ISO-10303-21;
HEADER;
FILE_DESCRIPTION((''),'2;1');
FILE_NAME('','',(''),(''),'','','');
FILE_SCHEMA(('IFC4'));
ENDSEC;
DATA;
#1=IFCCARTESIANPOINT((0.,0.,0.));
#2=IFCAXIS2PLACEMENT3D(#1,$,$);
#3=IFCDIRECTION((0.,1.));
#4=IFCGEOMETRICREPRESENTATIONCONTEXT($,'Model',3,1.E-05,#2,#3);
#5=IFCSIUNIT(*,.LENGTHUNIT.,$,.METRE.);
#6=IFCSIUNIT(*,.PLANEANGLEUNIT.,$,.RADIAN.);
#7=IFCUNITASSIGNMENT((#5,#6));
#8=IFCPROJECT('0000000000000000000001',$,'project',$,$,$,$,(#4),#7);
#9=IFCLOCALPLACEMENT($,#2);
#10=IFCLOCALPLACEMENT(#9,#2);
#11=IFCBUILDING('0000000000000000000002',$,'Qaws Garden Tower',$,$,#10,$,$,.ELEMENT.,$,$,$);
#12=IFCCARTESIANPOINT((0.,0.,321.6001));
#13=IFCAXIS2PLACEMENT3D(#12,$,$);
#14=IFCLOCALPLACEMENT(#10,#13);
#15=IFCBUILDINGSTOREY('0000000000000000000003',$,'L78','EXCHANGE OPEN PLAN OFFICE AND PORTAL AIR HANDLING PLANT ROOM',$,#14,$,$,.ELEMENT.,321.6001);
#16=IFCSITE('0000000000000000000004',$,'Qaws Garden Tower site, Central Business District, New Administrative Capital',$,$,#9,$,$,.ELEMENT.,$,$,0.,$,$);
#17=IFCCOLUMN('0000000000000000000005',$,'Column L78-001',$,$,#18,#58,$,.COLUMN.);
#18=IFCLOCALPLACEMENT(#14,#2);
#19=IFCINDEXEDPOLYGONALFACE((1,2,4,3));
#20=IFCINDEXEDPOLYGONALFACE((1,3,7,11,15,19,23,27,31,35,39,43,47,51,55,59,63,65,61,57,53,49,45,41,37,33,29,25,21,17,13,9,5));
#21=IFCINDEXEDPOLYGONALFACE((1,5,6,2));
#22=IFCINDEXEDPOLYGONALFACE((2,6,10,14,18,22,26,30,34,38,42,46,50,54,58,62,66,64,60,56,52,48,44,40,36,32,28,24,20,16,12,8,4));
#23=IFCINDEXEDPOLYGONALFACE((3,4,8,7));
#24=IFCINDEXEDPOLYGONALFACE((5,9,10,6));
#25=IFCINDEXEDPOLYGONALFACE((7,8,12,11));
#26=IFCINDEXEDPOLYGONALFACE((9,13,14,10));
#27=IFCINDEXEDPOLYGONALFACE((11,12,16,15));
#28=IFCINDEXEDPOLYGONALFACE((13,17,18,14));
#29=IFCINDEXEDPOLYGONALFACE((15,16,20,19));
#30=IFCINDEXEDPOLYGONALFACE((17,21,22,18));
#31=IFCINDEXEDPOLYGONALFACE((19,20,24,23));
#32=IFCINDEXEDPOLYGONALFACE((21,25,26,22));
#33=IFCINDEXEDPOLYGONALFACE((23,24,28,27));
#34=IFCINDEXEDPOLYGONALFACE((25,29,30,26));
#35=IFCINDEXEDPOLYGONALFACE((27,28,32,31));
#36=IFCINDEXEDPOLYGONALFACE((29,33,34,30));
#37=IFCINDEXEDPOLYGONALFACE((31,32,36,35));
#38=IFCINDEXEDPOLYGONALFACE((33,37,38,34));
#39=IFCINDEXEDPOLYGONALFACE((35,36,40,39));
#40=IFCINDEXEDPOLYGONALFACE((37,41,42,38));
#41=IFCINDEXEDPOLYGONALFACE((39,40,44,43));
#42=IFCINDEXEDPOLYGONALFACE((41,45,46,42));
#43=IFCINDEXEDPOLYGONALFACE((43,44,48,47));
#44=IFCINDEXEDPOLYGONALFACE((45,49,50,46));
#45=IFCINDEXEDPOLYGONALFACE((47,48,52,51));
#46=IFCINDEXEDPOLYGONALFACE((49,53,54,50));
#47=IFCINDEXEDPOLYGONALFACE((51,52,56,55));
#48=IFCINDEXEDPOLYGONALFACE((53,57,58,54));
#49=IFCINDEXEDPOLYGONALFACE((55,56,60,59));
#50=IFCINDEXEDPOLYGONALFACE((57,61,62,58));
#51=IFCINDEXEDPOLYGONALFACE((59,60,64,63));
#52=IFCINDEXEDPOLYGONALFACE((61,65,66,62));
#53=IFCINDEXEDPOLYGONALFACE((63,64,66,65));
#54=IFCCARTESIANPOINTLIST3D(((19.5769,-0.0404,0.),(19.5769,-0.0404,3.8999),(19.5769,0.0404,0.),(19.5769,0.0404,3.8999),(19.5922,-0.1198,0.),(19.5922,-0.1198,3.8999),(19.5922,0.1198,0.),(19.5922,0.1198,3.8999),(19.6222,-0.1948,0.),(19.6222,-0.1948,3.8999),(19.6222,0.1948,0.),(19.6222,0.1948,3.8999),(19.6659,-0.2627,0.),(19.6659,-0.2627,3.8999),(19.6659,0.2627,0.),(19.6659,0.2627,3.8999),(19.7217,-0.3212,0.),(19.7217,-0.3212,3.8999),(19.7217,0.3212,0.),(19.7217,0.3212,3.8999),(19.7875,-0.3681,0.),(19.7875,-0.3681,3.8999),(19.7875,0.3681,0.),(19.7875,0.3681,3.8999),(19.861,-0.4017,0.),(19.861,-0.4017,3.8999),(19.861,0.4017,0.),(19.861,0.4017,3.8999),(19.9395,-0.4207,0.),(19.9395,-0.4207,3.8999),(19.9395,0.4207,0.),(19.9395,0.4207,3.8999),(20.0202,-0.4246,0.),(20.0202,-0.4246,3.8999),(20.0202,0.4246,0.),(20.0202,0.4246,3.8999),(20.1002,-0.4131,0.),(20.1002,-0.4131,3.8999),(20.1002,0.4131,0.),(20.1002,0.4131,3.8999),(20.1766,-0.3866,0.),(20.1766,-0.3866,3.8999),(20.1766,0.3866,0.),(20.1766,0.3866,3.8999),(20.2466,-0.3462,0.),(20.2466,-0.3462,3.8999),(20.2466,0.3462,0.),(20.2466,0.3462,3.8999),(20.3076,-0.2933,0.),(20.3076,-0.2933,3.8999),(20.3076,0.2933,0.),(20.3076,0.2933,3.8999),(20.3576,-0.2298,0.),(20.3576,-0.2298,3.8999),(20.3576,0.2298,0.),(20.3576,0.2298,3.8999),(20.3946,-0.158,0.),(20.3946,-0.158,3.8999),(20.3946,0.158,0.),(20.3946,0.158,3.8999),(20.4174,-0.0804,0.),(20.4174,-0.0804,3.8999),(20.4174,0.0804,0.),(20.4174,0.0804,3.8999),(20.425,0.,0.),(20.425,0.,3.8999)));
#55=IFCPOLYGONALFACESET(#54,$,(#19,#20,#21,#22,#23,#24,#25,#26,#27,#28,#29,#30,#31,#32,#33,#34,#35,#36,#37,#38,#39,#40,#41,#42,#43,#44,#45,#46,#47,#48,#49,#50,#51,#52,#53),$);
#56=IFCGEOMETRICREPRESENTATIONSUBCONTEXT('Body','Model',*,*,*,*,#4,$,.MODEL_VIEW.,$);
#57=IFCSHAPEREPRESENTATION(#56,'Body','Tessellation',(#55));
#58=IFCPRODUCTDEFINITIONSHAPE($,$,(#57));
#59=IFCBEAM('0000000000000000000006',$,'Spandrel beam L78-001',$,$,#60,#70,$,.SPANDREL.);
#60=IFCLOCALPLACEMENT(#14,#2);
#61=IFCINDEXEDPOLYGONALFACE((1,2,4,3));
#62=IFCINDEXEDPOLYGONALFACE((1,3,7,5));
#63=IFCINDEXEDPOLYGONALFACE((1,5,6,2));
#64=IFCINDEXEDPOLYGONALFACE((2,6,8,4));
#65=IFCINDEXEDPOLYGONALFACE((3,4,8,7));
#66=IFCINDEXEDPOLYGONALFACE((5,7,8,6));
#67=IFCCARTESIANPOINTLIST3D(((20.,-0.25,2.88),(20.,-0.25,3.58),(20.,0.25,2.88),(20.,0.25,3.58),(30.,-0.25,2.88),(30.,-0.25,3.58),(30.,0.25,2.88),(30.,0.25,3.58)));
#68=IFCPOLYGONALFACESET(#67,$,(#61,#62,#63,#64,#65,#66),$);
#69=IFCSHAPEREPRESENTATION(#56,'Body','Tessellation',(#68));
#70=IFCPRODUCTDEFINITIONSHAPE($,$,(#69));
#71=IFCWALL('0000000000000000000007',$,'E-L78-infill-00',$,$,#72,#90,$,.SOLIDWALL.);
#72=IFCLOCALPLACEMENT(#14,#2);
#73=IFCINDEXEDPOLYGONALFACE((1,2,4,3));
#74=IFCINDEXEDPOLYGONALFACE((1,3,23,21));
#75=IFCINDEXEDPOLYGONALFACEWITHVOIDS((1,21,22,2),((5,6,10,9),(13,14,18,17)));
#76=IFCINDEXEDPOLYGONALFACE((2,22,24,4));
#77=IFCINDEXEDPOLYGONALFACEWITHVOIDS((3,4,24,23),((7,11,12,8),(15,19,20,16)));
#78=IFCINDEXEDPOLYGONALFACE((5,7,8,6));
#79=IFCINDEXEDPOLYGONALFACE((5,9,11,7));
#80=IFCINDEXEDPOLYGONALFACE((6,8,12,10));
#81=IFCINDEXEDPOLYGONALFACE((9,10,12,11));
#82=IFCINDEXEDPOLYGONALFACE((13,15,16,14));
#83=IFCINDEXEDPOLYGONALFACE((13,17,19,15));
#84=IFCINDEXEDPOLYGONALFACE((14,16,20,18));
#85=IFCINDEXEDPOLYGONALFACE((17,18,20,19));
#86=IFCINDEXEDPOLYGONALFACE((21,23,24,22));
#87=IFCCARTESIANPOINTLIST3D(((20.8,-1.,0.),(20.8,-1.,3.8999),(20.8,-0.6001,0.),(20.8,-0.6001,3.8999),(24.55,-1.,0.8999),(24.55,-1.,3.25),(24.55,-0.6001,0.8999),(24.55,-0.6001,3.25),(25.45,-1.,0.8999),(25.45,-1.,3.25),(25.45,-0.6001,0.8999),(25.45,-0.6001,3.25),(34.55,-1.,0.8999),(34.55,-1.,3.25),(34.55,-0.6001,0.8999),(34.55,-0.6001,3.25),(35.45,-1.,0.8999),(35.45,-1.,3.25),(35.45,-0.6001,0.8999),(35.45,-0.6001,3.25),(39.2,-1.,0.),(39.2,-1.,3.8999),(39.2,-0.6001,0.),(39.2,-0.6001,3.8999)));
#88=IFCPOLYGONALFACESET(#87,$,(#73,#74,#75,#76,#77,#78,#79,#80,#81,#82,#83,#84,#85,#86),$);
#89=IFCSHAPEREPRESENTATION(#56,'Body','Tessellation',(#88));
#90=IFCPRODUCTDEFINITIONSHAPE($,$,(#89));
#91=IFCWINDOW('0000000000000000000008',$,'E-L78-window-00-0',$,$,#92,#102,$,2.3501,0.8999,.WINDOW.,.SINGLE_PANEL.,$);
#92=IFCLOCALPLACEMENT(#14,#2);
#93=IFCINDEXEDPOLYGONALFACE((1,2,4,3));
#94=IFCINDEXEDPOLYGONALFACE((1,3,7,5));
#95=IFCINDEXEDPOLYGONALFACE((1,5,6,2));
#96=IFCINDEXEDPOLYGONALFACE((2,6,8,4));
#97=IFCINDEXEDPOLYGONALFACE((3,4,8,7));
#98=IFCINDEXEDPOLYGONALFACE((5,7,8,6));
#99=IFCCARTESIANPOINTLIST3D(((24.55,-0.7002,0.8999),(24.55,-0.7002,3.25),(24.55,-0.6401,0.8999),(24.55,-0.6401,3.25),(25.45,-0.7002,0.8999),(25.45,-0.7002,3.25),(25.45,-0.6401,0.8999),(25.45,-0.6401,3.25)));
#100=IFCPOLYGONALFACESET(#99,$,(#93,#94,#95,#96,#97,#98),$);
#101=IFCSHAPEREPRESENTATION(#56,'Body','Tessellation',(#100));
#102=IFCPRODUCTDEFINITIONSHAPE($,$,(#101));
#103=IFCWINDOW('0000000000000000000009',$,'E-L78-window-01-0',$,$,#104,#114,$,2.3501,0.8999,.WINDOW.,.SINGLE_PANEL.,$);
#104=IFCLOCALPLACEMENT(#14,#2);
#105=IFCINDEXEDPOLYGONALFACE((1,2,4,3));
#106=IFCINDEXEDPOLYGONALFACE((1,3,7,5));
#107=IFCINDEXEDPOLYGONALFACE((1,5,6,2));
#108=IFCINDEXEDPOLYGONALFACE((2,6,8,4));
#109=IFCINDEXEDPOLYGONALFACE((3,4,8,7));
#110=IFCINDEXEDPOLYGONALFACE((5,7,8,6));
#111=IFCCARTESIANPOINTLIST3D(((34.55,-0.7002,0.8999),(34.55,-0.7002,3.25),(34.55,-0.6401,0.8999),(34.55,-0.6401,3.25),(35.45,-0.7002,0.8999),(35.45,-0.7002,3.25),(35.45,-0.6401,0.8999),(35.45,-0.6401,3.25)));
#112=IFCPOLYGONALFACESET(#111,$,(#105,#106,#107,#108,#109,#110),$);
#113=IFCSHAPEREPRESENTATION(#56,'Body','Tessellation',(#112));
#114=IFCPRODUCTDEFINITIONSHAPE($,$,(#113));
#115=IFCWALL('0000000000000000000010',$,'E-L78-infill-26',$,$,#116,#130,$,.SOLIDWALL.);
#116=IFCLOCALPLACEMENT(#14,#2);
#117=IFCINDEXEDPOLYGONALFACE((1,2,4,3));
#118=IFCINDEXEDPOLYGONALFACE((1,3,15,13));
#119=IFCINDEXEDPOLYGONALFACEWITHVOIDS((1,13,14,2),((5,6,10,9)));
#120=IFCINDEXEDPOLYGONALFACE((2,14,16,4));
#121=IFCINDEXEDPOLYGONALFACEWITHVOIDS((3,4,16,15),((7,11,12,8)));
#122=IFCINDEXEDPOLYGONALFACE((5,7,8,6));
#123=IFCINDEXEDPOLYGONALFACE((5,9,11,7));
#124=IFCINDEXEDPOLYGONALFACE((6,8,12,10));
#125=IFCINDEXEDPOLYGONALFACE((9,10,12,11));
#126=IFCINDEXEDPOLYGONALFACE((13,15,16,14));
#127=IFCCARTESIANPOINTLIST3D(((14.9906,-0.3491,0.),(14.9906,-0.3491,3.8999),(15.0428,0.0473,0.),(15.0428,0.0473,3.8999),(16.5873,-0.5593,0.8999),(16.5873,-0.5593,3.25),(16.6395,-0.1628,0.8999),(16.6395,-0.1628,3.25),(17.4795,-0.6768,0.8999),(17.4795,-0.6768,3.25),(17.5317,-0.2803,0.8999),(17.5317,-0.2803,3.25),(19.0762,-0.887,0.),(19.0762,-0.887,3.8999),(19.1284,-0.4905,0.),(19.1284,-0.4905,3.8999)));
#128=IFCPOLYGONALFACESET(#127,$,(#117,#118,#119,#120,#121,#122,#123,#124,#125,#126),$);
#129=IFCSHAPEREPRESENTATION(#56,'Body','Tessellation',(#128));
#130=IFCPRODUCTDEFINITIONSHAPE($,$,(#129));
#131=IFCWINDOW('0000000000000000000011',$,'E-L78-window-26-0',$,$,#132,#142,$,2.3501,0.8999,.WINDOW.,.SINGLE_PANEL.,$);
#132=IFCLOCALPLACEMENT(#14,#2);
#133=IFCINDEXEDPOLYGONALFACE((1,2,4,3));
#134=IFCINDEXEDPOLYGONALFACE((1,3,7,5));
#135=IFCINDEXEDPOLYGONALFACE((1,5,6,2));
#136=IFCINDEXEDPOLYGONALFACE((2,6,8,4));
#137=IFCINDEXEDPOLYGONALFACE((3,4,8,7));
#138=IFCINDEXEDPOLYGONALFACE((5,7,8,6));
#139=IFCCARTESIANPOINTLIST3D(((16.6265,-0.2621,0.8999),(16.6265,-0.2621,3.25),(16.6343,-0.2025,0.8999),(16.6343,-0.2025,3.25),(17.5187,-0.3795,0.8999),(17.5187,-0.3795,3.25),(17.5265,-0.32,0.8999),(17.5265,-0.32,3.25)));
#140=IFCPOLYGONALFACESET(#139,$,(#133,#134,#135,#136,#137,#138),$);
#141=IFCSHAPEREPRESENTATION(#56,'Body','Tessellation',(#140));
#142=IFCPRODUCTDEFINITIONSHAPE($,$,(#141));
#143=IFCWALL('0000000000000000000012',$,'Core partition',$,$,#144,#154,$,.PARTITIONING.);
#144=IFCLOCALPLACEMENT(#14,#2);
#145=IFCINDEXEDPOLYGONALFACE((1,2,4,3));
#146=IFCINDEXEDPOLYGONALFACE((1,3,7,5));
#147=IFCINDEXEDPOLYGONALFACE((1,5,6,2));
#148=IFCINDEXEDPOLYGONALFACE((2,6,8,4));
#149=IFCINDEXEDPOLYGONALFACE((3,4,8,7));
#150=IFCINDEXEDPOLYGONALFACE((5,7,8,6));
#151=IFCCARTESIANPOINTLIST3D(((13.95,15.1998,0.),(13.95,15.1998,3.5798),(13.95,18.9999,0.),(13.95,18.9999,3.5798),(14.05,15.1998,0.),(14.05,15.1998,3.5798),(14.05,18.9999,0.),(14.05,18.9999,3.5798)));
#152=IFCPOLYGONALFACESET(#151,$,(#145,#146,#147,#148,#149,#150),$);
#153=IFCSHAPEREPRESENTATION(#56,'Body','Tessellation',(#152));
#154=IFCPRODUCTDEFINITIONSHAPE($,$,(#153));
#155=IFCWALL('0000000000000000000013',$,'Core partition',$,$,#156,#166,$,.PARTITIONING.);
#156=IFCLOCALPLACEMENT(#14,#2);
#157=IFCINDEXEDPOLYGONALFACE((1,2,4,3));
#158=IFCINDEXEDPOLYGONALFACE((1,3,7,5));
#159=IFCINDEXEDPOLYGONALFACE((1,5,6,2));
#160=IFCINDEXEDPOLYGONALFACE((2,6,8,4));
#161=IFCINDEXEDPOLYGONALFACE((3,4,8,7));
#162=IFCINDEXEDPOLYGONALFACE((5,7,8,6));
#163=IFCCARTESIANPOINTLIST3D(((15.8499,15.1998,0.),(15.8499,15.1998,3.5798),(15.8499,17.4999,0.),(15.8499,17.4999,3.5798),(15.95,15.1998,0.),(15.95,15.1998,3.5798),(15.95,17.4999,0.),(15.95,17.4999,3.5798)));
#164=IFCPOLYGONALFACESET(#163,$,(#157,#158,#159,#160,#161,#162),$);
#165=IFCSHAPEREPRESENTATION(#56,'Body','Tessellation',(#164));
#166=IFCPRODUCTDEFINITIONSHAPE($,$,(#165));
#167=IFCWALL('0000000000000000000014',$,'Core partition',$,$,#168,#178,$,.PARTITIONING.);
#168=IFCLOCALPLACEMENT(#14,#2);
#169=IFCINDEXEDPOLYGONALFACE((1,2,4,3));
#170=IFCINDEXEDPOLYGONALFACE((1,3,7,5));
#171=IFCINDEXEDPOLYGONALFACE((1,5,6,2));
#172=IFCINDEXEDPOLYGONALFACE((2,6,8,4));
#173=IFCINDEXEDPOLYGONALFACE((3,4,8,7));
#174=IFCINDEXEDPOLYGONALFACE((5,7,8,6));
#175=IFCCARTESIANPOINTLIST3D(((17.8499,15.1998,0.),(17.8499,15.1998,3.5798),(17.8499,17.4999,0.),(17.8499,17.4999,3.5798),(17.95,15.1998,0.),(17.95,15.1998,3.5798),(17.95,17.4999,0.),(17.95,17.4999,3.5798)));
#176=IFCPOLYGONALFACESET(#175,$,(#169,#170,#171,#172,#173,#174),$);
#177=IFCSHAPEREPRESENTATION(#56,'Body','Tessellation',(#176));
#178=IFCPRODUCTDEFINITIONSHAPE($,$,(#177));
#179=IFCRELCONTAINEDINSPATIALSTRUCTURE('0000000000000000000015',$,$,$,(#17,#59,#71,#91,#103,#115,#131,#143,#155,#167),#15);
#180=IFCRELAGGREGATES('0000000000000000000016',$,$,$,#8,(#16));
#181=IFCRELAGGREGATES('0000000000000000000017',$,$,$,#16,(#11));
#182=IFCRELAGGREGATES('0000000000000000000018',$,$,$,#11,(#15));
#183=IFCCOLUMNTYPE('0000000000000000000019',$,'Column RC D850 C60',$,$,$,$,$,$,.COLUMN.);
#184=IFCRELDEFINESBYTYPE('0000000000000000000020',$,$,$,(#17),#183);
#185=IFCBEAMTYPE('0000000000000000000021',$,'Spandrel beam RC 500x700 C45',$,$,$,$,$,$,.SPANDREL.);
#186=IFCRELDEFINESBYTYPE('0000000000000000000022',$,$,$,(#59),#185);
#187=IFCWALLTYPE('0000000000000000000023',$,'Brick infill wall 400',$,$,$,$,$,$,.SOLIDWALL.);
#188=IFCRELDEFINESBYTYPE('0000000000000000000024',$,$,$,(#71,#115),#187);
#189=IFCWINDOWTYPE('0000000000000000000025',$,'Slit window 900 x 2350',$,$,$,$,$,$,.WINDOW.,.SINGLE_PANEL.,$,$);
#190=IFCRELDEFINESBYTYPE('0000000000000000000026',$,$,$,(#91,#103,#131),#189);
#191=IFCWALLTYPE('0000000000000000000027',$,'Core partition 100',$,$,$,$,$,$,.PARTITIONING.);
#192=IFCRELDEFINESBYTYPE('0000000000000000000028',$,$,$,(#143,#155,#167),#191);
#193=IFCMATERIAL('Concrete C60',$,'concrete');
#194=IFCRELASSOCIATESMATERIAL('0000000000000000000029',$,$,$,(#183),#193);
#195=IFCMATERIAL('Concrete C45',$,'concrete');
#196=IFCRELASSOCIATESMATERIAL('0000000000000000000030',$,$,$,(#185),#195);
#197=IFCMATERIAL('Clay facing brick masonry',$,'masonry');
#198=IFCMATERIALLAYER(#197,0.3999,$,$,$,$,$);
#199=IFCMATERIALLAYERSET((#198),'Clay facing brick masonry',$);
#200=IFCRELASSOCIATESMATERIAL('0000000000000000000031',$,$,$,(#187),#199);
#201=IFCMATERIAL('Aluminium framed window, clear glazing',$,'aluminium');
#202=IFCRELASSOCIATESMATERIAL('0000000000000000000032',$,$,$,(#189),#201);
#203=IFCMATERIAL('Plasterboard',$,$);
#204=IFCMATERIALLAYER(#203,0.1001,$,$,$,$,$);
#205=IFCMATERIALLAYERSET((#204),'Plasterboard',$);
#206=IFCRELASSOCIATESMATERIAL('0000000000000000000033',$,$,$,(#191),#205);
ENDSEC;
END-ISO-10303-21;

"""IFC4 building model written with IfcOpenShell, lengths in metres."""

from ifc_helpers import new_model, si_unit, direction, frame, frame_2d, origin, origin_2d, place, context, subcontext, project, spatial, rectangle, circle, extrude, material, layer, layer_set, material_profile, profile_set, type_object, element, fill, save


model = new_model("IFC4")

# Units and contexts
model_context = context("Model", 3, precision=1e-05, world=origin(), true_north=direction((0.0, 1.0)))
body_context = subcontext(model_context, "Body", "Model", "MODEL_VIEW")
ifc_project = project(units=[si_unit("LENGTHUNIT", "METRE"), si_unit("PLANEANGLEUNIT", "RADIAN")], contexts=[model_context])

# Site, building, storey
site_placement = place(None, origin())
site = spatial("IfcSite", under=ifc_project, at=site_placement, Name="Qaws Garden Tower site, Central Business District, New Administrative Capital", CompositionType="ELEMENT", RefElevation=0.0)
building_placement = place(site_placement, origin())
building = spatial("IfcBuilding", under=site, at=building_placement, Name="Qaws Garden Tower", CompositionType="ELEMENT")
storey_placement = place(building_placement, frame((0.0, 0.0, 321.6001)))
storey = spatial("IfcBuildingStorey", under=building, at=storey_placement, Name="L78", Description="EXCHANGE OPEN PLAN OFFICE AND PORTAL AIR HANDLING PLANT ROOM", CompositionType="ELEMENT", Elevation=321.6001)

# Column
ifc_material_1 = material(Name="Concrete C60", Category="concrete")
ifc_material_profile_1 = material_profile(ifc_material_1, circle(Radius=0.425, at=origin_2d()), Name="RC D850")
ifc_profile_set_1 = profile_set([ifc_material_profile_1], Name="Concrete C60")
column_type = type_object("IfcColumnType", Name="Column RC D850 C60", PredefinedType="COLUMN", material=ifc_profile_set_1)
column_placement = place(storey_placement, frame((20.0, 0.0, 0.0), z_axis=(0.0, 0.0, 1.0), x_axis=(1.0, 0.0, 0.0)))
element("IfcColumn", 1, at=column_placement, inside=storey, type_object=column_type, Name="Column L78-001", PredefinedType="COLUMN", context=body_context, shape_type="SweptSolid", body=[
    extrude(circle(Radius=0.425, at=origin_2d()), origin(), (0.0, 0.0, 1.0), 3.8999),
])

# Beam
ifc_material_2 = material(Name="Concrete C45", Category="concrete")
ifc_material_profile_2 = material_profile(ifc_material_2, rectangle(XDim=0.5, YDim=0.7, at=origin_2d()), Name="RC 500x700")
ifc_profile_set_2 = profile_set([ifc_material_profile_2], Name="Concrete C45")
beam_type = type_object("IfcBeamType", Name="Spandrel beam RC 500x700 C45", PredefinedType="SPANDREL", material=ifc_profile_set_2)
beam_placement = place(storey_placement, frame((20.0, 0.0, 3.23), z_axis=(1.0, 0.0, 0.0), x_axis=(0.0, 1.0, 0.0)))
element("IfcBeam", 2, at=beam_placement, inside=storey, type_object=beam_type, Name="Spandrel beam L78-001", PredefinedType="SPANDREL", context=body_context, shape_type="SweptSolid", body=[
    extrude(rectangle(XDim=0.5, YDim=0.7, at=origin_2d()), origin(), (0.0, 0.0, 1.0), 10.0),
])

# Wall, openings, windows
ifc_material_3 = material(Name="Clay facing brick masonry", Category="masonry")
ifc_layer_1 = layer(ifc_material_3, 0.3999)
ifc_layer_set_1 = layer_set([ifc_layer_1], Name="Clay facing brick masonry")
wall_type_1 = type_object("IfcWallType", Name="Brick infill wall 400", PredefinedType="SOLIDWALL", material=ifc_layer_set_1)
wall_1_placement = place(storey_placement, frame((20.8, -0.8, 0.0), z_axis=(0.0, 0.0, 1.0), x_axis=(1.0, 0.0, 0.0)))
wall_1 = element("IfcWall", 3, at=wall_1_placement, inside=storey, type_object=wall_type_1, Name="E-L78-infill-00", PredefinedType="SOLIDWALL", context=body_context, shape_type="SweptSolid", body=[
    extrude(rectangle(XDim=18.3999, YDim=0.3999, at=frame_2d((9.2, 0.0))), origin(), (0.0, 0.0, 1.0), 3.8999),
])
opening_1_placement = place(wall_1_placement, frame((3.75, 0.0, 0.8999)))
opening_1 = element("IfcOpeningElement", 4, at=opening_1_placement, cuts=wall_1, PredefinedType="OPENING", context=body_context, shape_type="SweptSolid", body=[
    extrude(rectangle(XDim=0.8999, YDim=2.3501, at=frame_2d((0.45, 1.175))), frame((0.0, 0.21, 0.0), z_axis=(0.0, -1.0, 0.0), x_axis=(1.0, 0.0, 0.0)), (0.0, 0.0, 1.0), 0.4199),
])
opening_2_placement = place(wall_1_placement, frame((13.75, 0.0, 0.8999)))
opening_2 = element("IfcOpeningElement", 5, at=opening_2_placement, cuts=wall_1, PredefinedType="OPENING", context=body_context, shape_type="SweptSolid", body=[
    extrude(rectangle(XDim=0.8999, YDim=2.3501, at=frame_2d((0.45, 1.175))), frame((0.0, 0.21, 0.0), z_axis=(0.0, -1.0, 0.0), x_axis=(1.0, 0.0, 0.0)), (0.0, 0.0, 1.0), 0.4199),
])
ifc_material_4 = material(Name="Aluminium framed window, clear glazing", Category="aluminium")
window_type = type_object("IfcWindowType", Name="Slit window 900 x 2350", PartitioningType="SINGLE_PANEL", PredefinedType="WINDOW", material=ifc_material_4)
window_1_placement = place(opening_1_placement, origin())
window_1 = element("IfcWindow", 6, at=window_1_placement, inside=storey, type_object=window_type, Name="E-L78-window-00-0", OverallHeight=2.3501, OverallWidth=0.8999, PartitioningType="SINGLE_PANEL", PredefinedType="WINDOW", context=body_context, shape_type="SweptSolid", body=[
    extrude(rectangle(XDim=0.8999, YDim=2.3501, at=frame_2d((0.45, 1.175))), frame((0.0, 0.1599, 0.0), z_axis=(0.0, -1.0, 0.0), x_axis=(1.0, 0.0, 0.0)), (0.0, 0.0, 1.0), 0.0601),
])
fill(opening_1, window_1)
window_2_placement = place(opening_2_placement, origin())
window_2 = element("IfcWindow", 7, at=window_2_placement, inside=storey, type_object=window_type, Name="E-L78-window-01-0", OverallHeight=2.3501, OverallWidth=0.8999, PartitioningType="SINGLE_PANEL", PredefinedType="WINDOW", context=body_context, shape_type="SweptSolid", body=[
    extrude(rectangle(XDim=0.8999, YDim=2.3501, at=frame_2d((0.45, 1.175))), frame((0.0, 0.1599, 0.0), z_axis=(0.0, -1.0, 0.0), x_axis=(1.0, 0.0, 0.0)), (0.0, 0.0, 1.0), 0.0601),
])
fill(opening_2, window_2)

# Wall, opening, window
wall_2_placement = place(storey_placement, frame((15.0166, -0.1509, 0.0), z_axis=(0.0, 0.0, 1.0), x_axis=(0.991446, -0.130514, 0.0)))
wall_2 = element("IfcWall", 8, at=wall_2_placement, inside=storey, type_object=wall_type_1, Name="E-L78-infill-26", PredefinedType="SOLIDWALL", context=body_context, shape_type="SweptSolid", body=[
    extrude(rectangle(XDim=4.1208, YDim=0.3999, at=frame_2d((2.0605, 0.0))), origin(), (0.0, 0.0, 1.0), 3.8999),
])
opening_3_placement = place(wall_2_placement, frame((1.6106, 0.0, 0.8999)))
opening_3 = element("IfcOpeningElement", 9, at=opening_3_placement, cuts=wall_2, PredefinedType="OPENING", context=body_context, shape_type="SweptSolid", body=[
    extrude(rectangle(XDim=0.8999, YDim=2.3501, at=frame_2d((0.45, 1.175))), frame((0.0, 0.21, 0.0), z_axis=(0.0, -1.0, 0.0), x_axis=(1.0, 0.0, 0.0)), (0.0, 0.0, 1.0), 0.4199),
])
window_3_placement = place(opening_3_placement, origin())
window_3 = element("IfcWindow", 10, at=window_3_placement, inside=storey, type_object=window_type, Name="E-L78-window-26-0", OverallHeight=2.3501, OverallWidth=0.8999, PartitioningType="SINGLE_PANEL", PredefinedType="WINDOW", context=body_context, shape_type="SweptSolid", body=[
    extrude(rectangle(XDim=0.8999, YDim=2.3501, at=frame_2d((0.45, 1.175))), frame((0.0, 0.1599, 0.0), z_axis=(0.0, -1.0, 0.0), x_axis=(1.0, 0.0, 0.0)), (0.0, 0.0, 1.0), 0.0601),
])
fill(opening_3, window_3)

# Walls
ifc_material_5 = material(Name="Plasterboard")
ifc_layer_2 = layer(ifc_material_5, 0.1001)
ifc_layer_set_2 = layer_set([ifc_layer_2], Name="Plasterboard")
wall_type_2 = type_object("IfcWallType", Name="Core partition 100", PredefinedType="PARTITIONING", material=ifc_layer_set_2)
wall_3_placement = place(storey_placement, frame((14.0, 15.2, 0.0), z_axis=(0.0, 0.0, 1.0), x_axis=(0.0, 1.0, 0.0)))
element("IfcWall", 11, at=wall_3_placement, inside=storey, type_object=wall_type_2, Name="Core partition", PredefinedType="PARTITIONING", context=body_context, shape_type="SweptSolid", body=[
    extrude(rectangle(XDim=3.8, YDim=0.1001, at=frame_2d((1.8999, 0.0))), origin(), (0.0, 0.0, 1.0), 3.5798),
])
for number, where, z_axis, x_axis, name in (
    (12, (15.8999, 15.2, 0.0), (0.0, 0.0, 1.0), (0.0, 1.0, 0.0), "Core partition"),
    (13, (17.8999, 15.2, 0.0), (0.0, 0.0, 1.0), (0.0, 1.0, 0.0), "Core partition"),
):
    element("IfcWall", number, at=place(storey_placement, frame(where, z_axis=z_axis, x_axis=x_axis)), inside=storey, type_object=wall_type_2, Name=name, PredefinedType="PARTITIONING", context=body_context, shape_type="SweptSolid", body=[
        extrude(rectangle(XDim=2.3, YDim=0.1001, at=frame_2d((1.1499, 0.0))), origin(), (0.0, 0.0, 1.0), 3.5798),
    ])

save(model, "model.ifc")
